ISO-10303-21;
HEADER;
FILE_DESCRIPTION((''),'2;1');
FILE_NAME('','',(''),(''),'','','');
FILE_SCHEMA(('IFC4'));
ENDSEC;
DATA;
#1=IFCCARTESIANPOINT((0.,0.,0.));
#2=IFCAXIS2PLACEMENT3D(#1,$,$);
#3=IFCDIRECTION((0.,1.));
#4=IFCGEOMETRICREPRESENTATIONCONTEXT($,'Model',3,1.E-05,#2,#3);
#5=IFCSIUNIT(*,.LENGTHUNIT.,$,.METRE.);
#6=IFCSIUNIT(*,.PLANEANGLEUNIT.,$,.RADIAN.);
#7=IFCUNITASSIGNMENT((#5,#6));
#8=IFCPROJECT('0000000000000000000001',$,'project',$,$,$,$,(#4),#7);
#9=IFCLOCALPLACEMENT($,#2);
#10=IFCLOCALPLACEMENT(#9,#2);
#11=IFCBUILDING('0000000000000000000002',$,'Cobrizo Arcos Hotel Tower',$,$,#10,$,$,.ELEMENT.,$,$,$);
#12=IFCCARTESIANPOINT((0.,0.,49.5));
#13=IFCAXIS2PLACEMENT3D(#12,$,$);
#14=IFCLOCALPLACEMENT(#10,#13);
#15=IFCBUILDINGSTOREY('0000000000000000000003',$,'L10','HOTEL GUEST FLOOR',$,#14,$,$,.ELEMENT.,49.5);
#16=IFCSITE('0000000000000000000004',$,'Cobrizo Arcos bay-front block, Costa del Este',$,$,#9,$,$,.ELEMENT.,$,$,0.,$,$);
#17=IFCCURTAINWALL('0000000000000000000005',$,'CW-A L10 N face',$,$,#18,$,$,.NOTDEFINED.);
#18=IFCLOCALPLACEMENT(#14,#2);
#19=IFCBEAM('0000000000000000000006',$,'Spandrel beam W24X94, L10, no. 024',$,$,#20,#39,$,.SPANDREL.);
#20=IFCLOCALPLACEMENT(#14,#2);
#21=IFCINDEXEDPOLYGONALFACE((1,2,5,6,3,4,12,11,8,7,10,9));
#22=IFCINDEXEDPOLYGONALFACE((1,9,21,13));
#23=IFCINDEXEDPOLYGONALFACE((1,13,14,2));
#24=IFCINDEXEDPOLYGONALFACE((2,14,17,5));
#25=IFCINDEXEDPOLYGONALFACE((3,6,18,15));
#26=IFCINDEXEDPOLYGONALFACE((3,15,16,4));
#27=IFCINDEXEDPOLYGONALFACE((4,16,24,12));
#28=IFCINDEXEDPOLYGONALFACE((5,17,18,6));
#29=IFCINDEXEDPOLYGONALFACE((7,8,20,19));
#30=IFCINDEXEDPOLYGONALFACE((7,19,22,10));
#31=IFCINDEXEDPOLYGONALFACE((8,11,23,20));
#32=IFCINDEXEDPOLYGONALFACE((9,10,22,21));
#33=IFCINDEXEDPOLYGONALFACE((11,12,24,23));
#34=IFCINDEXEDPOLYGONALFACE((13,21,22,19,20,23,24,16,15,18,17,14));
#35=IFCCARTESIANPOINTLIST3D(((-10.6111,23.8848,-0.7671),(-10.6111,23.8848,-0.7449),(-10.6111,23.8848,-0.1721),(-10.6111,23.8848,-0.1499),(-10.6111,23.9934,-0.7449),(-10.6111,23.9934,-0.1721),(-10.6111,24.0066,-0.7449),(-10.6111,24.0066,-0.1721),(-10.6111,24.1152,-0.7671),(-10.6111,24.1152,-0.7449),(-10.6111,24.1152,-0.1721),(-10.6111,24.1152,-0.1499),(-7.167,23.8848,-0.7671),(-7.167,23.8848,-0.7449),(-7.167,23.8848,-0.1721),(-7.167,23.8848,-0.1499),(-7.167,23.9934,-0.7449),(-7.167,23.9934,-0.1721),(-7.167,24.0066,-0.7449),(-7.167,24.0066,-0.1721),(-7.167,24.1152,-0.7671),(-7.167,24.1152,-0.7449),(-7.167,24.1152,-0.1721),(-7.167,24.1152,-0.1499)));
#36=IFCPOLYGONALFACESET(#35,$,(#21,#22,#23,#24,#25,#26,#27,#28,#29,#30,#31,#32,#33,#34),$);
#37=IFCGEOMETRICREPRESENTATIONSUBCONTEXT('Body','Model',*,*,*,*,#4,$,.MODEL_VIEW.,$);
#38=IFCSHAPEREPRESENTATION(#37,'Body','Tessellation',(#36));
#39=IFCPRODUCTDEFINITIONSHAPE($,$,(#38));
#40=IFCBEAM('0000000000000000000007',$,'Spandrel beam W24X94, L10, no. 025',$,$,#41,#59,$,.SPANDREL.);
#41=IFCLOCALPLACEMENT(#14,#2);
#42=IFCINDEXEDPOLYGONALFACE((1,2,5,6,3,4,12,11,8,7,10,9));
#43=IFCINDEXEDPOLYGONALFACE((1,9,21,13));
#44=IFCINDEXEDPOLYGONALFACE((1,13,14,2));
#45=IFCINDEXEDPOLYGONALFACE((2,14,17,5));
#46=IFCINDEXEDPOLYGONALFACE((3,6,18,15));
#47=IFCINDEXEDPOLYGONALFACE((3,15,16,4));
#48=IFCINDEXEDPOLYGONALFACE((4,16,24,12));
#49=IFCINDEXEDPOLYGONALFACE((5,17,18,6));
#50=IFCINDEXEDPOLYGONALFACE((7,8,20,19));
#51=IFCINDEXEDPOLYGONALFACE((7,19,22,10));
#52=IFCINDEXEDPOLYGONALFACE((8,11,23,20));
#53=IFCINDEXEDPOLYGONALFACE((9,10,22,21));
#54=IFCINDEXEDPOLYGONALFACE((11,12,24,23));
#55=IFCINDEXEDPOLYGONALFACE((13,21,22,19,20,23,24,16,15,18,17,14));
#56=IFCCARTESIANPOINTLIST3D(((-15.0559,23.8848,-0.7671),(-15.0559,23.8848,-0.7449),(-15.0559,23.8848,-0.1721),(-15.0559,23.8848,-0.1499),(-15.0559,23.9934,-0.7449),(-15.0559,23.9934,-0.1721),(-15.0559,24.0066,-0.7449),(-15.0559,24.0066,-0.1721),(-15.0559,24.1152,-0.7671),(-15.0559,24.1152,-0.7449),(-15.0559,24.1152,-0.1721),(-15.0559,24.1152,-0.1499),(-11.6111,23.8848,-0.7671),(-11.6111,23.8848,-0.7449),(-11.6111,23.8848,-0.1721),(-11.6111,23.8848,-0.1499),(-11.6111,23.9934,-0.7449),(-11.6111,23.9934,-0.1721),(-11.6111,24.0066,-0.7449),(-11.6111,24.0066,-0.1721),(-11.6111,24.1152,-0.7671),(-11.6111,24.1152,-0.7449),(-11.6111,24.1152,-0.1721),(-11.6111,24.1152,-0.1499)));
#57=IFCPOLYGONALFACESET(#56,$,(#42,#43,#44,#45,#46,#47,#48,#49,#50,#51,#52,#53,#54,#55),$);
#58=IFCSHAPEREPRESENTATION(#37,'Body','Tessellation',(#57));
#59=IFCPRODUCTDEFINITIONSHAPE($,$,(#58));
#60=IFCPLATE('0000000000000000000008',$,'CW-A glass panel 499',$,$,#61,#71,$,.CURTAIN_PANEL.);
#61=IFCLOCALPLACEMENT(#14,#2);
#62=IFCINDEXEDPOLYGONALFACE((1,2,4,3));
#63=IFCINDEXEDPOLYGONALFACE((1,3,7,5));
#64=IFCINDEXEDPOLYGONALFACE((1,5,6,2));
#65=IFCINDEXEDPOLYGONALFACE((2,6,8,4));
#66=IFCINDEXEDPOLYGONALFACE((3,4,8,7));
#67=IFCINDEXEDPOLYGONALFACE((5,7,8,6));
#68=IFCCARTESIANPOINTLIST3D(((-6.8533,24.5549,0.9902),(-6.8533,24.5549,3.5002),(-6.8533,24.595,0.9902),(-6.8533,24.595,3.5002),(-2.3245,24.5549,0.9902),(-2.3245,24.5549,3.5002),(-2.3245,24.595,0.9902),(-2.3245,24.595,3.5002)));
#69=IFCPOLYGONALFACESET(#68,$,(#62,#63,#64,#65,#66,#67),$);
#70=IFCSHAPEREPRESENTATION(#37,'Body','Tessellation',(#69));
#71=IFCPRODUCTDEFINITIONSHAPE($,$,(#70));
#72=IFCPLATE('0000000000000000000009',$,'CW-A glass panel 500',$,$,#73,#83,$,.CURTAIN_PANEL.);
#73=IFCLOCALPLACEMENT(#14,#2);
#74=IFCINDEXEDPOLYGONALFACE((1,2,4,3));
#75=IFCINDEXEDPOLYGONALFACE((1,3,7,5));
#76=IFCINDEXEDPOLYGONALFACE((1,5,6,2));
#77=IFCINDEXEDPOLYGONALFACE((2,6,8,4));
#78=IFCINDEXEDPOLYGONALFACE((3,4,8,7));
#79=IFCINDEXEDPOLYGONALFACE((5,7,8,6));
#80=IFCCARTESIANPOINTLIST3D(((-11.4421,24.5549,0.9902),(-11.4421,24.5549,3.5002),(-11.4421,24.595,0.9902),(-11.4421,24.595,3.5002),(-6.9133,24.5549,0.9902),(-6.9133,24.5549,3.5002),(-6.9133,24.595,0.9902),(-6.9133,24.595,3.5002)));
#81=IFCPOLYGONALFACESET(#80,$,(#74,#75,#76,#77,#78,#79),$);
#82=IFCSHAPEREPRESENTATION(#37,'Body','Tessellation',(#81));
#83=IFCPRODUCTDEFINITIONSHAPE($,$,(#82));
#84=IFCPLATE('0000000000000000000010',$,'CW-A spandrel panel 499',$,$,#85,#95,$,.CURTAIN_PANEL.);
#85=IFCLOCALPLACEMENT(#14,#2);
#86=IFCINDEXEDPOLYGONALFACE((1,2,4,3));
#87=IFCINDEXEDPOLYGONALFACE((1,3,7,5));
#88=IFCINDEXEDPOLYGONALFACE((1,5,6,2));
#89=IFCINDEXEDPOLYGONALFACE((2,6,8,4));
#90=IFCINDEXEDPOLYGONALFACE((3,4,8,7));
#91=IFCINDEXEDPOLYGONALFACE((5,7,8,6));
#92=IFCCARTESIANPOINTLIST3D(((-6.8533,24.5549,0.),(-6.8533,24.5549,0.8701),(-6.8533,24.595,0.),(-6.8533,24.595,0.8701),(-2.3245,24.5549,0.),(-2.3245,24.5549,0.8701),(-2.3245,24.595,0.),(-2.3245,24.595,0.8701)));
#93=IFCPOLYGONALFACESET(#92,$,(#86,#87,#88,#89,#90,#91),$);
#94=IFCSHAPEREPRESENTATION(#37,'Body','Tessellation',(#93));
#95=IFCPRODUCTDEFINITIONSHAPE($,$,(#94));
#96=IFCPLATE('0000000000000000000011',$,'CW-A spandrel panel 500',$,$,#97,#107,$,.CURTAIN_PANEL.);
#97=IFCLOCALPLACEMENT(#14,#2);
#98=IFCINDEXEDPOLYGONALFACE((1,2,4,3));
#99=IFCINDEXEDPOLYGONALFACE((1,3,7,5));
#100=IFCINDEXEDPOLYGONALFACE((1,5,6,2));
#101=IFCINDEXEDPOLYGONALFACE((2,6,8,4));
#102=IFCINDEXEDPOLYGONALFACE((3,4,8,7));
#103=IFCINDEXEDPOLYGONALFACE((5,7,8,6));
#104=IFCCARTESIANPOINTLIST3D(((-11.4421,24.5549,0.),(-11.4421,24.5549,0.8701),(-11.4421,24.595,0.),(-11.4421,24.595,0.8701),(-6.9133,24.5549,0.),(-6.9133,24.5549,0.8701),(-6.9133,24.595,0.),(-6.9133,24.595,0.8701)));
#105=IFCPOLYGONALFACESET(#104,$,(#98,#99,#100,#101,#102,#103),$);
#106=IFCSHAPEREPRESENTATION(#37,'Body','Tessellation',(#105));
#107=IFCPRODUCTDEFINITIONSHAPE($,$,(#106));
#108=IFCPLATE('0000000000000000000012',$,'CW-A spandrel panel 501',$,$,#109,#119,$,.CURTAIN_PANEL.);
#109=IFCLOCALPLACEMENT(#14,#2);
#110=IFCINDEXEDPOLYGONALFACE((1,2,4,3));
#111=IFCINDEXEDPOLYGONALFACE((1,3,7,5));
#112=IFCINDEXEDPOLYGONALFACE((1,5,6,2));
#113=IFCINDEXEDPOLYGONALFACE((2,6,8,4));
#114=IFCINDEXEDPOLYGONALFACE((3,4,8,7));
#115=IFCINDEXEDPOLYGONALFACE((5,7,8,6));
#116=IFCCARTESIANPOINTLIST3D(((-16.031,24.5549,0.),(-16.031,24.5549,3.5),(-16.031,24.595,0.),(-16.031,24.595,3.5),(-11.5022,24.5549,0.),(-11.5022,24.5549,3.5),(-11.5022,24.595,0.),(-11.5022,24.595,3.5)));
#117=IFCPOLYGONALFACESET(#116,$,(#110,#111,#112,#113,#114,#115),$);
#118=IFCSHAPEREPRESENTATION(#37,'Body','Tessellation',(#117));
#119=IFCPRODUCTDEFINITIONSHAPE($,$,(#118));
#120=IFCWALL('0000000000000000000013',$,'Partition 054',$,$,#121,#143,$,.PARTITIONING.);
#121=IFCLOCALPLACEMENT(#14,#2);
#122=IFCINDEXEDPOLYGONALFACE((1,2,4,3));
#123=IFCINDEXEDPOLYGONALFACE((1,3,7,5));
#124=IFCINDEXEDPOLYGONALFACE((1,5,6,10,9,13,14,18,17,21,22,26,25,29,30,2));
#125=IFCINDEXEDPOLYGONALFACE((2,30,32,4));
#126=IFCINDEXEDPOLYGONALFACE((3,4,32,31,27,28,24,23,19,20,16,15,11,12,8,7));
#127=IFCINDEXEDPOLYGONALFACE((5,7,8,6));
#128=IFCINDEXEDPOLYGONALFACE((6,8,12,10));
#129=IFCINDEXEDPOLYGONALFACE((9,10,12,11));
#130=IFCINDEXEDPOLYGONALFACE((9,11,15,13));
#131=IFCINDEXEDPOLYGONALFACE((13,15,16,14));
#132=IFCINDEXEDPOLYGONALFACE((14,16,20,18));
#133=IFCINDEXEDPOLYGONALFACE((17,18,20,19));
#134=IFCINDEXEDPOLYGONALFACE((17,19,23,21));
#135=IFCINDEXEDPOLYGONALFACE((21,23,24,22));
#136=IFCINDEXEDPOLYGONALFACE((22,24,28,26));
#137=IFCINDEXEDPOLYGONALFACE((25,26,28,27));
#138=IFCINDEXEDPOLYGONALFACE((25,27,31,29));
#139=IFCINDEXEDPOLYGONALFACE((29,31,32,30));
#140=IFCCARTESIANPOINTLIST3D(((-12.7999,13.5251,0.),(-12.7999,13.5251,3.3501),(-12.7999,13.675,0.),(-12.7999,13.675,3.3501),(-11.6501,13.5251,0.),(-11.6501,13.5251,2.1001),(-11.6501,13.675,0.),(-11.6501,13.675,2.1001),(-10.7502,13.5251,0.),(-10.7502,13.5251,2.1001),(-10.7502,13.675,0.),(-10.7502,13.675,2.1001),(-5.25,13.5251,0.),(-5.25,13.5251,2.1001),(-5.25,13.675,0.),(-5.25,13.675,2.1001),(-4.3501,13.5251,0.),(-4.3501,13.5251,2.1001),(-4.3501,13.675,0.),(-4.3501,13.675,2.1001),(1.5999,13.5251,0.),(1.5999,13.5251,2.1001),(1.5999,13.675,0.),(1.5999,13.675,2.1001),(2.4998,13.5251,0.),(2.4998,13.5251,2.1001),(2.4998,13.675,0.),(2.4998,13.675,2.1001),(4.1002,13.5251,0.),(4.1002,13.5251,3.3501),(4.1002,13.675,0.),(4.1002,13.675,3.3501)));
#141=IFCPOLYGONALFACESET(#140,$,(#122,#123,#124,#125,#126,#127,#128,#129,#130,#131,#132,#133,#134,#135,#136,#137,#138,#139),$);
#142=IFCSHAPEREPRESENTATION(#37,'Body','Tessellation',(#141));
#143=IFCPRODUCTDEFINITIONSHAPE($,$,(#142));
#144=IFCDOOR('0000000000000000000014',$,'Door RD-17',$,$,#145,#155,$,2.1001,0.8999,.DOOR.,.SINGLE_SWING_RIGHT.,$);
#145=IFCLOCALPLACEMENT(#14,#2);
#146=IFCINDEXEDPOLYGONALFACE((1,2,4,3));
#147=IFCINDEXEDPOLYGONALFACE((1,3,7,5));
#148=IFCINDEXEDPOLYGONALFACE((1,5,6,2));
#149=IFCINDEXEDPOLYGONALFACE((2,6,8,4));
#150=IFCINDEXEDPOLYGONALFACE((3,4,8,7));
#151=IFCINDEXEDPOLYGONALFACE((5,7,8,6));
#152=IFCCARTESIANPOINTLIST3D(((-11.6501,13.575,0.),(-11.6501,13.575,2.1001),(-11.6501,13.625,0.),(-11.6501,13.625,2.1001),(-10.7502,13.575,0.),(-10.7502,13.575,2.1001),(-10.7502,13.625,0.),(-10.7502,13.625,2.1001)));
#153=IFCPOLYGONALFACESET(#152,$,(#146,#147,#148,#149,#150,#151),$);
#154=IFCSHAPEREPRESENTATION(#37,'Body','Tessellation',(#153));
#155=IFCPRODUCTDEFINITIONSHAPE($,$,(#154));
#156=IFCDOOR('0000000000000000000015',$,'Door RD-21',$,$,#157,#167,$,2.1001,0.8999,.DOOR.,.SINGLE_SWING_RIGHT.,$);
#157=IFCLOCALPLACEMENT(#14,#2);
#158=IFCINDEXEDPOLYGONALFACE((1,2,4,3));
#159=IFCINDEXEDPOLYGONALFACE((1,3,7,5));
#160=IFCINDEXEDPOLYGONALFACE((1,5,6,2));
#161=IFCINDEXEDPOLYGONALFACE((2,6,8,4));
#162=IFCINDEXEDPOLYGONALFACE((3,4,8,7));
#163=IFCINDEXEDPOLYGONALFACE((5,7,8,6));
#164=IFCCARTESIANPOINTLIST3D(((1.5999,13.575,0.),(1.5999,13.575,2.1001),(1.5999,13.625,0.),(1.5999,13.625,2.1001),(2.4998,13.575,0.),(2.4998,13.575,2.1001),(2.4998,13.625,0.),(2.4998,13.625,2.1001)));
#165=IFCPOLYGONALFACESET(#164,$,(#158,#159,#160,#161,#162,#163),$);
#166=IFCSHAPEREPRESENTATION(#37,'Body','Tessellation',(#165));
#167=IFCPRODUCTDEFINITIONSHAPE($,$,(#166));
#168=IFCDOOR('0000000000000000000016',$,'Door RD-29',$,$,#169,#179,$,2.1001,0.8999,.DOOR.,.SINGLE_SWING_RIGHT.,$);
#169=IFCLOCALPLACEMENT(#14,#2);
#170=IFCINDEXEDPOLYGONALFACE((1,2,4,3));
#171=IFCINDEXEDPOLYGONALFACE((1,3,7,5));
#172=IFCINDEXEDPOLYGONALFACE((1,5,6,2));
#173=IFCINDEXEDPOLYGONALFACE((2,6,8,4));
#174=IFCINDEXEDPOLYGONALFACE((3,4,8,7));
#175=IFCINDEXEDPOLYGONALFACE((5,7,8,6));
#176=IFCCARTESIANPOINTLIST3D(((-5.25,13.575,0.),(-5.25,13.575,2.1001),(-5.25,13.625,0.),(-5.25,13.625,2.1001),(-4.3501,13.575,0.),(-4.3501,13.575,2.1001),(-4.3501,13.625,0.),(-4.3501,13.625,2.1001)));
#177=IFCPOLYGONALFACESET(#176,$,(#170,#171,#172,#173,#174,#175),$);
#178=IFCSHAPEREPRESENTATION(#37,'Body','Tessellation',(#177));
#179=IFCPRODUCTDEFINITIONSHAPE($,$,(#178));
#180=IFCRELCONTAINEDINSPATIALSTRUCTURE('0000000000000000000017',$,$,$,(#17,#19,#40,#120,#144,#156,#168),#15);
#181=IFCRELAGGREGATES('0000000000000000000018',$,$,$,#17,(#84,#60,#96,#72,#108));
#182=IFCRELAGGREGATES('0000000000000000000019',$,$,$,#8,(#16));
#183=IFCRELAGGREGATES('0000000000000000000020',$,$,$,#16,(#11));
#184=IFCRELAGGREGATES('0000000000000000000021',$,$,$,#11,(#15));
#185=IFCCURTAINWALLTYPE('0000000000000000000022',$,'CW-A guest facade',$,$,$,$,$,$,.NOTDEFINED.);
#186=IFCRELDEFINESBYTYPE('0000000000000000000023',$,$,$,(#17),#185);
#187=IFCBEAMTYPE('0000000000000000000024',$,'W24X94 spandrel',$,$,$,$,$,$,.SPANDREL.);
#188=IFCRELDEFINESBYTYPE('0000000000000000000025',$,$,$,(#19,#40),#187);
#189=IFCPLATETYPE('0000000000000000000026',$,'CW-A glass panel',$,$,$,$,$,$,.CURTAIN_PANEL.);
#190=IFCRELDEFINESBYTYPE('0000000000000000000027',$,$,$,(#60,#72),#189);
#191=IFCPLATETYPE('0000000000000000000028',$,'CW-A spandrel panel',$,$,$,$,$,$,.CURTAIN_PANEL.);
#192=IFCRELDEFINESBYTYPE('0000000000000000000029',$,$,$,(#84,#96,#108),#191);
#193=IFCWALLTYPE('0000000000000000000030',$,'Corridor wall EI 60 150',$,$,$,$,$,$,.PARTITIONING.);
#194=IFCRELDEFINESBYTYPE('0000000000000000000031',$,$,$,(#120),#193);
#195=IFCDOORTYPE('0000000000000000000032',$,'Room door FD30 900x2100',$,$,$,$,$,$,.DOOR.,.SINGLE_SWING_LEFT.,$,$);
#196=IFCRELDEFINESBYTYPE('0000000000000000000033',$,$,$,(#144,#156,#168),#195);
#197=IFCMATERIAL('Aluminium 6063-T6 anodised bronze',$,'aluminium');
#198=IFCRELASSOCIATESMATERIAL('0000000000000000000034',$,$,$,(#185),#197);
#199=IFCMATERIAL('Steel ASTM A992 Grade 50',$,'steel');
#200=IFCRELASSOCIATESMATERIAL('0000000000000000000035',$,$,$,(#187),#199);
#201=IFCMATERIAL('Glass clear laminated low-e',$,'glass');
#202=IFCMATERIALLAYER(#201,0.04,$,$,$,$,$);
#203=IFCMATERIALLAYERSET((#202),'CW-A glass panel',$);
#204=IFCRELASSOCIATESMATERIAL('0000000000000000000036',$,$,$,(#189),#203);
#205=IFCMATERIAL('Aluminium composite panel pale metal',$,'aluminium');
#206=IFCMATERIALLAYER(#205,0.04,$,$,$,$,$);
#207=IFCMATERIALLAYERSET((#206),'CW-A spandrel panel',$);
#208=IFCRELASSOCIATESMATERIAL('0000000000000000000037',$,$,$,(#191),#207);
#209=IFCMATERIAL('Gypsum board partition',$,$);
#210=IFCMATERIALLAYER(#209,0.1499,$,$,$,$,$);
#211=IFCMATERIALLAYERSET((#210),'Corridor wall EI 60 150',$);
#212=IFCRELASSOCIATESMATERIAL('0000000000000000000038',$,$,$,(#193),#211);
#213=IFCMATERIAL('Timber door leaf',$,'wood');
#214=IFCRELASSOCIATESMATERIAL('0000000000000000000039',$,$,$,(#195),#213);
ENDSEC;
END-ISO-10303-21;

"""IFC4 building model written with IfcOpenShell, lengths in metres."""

from ifc_helpers import new_model, si_unit, direction, frame, frame_2d, origin, origin_2d, place, context, subcontext, project, spatial, rectangle, i_section, extrude, material, layer, layer_set, material_profile, profile_set, type_object, element, fill, aggregate, save


model = new_model("IFC4")

# Units and contexts
model_context = context("Model", 3, precision=1e-05, world=origin(), true_north=direction((0.0, 1.0)))
body_context = subcontext(model_context, "Body", "Model", "MODEL_VIEW")
ifc_project = project(units=[si_unit("LENGTHUNIT", "METRE"), si_unit("PLANEANGLEUNIT", "RADIAN")], contexts=[model_context])

# Site, building, storey
site_placement = place(None, origin())
site = spatial("IfcSite", under=ifc_project, at=site_placement, Name="Cobrizo Arcos bay-front block, Costa del Este", CompositionType="ELEMENT", RefElevation=0.0)
building_placement = place(site_placement, origin())
building = spatial("IfcBuilding", under=site, at=building_placement, Name="Cobrizo Arcos Hotel Tower", CompositionType="ELEMENT")
storey_placement = place(building_placement, frame((0.0, 0.0, 49.5)))
storey = spatial("IfcBuildingStorey", under=building, at=storey_placement, Name="L10", Description="HOTEL GUEST FLOOR", CompositionType="ELEMENT", Elevation=49.5)

# Curtain wall
ifc_material_1 = material(Name="Aluminium 6063-T6 anodised bronze", Category="aluminium")
curtain_wall_type = type_object("IfcCurtainWallType", Name="CW-A guest facade", PredefinedType="NOTDEFINED", material=ifc_material_1)
curtain_wall_placement = place(storey_placement, origin())
curtain_wall = element("IfcCurtainWall", 1, at=curtain_wall_placement, inside=storey, type_object=curtain_wall_type, Name="CW-A L10 N face", PredefinedType="NOTDEFINED")

# Beams
ifc_material_2 = material(Name="Steel ASTM A992 Grade 50", Category="steel")
ifc_material_profile_1 = material_profile(ifc_material_2, i_section(OverallWidth=0.2305, OverallDepth=0.6172, WebThickness=0.0132, FlangeThickness=0.0222, at=origin_2d()), Name="W24X94")
ifc_profile_set_1 = profile_set([ifc_material_profile_1], Name="Steel ASTM A992 Grade 50")
beam_type_1 = type_object("IfcBeamType", Name="W24X94 spandrel", PredefinedType="SPANDREL", material=ifc_profile_set_1)
beam_1_placement = place(storey_placement, frame((-7.167, 24.0, -0.4585), z_axis=(-1.0, 0.0, 0.0), x_axis=(0.0, -1.0, 0.0)))
element("IfcBeam", 2, at=beam_1_placement, inside=storey, type_object=beam_type_1, Name="Spandrel beam W24X94, L10, no. 024", PredefinedType="SPANDREL", context=body_context, shape_type="SweptSolid", body=[
    extrude(i_section(OverallWidth=0.2305, OverallDepth=0.6172, WebThickness=0.0132, FlangeThickness=0.0222, at=origin_2d()), origin(), (0.0, 0.0, 1.0), 3.4441),
])
beam_2_placement = place(storey_placement, frame((-11.6111, 24.0, -0.4585), z_axis=(-1.0, 0.0, 0.0), x_axis=(0.0, -1.0, 0.0)))
element("IfcBeam", 3, at=beam_2_placement, inside=storey, type_object=beam_type_1, Name="Spandrel beam W24X94, L10, no. 025", PredefinedType="SPANDREL", context=body_context, shape_type="SweptSolid", body=[
    extrude(i_section(OverallWidth=0.2305, OverallDepth=0.6172, WebThickness=0.0132, FlangeThickness=0.0222, at=origin_2d()), origin(), (0.0, 0.0, 1.0), 3.4448),
])

# Plates
ifc_material_3 = material(Name="Glass clear laminated low-e", Category="glass")
ifc_layer_1 = layer(ifc_material_3, 0.04)
ifc_layer_set_1 = layer_set([ifc_layer_1], Name="CW-A glass panel")
plate_type_1 = type_object("IfcPlateType", Name="CW-A glass panel", PredefinedType="CURTAIN_PANEL", material=ifc_layer_set_1)
plate_1_placement = place(storey_placement, frame((-4.5889, 24.575, 0.9902), z_axis=(0.0, 0.0, 1.0), x_axis=(-1.0, 0.0, 0.0)))
plate_1 = element("IfcPlate", 4, at=plate_1_placement, type_object=plate_type_1, Name="CW-A glass panel 499", PredefinedType="CURTAIN_PANEL", context=body_context, shape_type="SweptSolid", body=[
    extrude(rectangle(XDim=4.5288, YDim=0.04, at=origin_2d()), origin(), (0.0, 0.0, 1.0), 2.51),
])
plate_2_placement = place(storey_placement, frame((-9.1777, 24.575, 0.9902), z_axis=(0.0, 0.0, 1.0), x_axis=(-1.0, 0.0, 0.0)))
plate_2 = element("IfcPlate", 5, at=plate_2_placement, type_object=plate_type_1, Name="CW-A glass panel 500", PredefinedType="CURTAIN_PANEL", context=body_context, shape_type="SweptSolid", body=[
    extrude(rectangle(XDim=4.5288, YDim=0.04, at=origin_2d()), origin(), (0.0, 0.0, 1.0), 2.51),
])
ifc_material_4 = material(Name="Aluminium composite panel pale metal", Category="aluminium")
ifc_layer_2 = layer(ifc_material_4, 0.04)
ifc_layer_set_2 = layer_set([ifc_layer_2], Name="CW-A spandrel panel")
plate_type_2 = type_object("IfcPlateType", Name="CW-A spandrel panel", PredefinedType="CURTAIN_PANEL", material=ifc_layer_set_2)
plate_3_placement = place(storey_placement, frame((-4.5889, 24.575, 0.0), z_axis=(0.0, 0.0, 1.0), x_axis=(-1.0, 0.0, 0.0)))
plate_3 = element("IfcPlate", 6, at=plate_3_placement, type_object=plate_type_2, Name="CW-A spandrel panel 499", PredefinedType="CURTAIN_PANEL", context=body_context, shape_type="SweptSolid", body=[
    extrude(rectangle(XDim=4.5288, YDim=0.04, at=origin_2d()), origin(), (0.0, 0.0, 1.0), 0.8701),
])
plate_4_placement = place(storey_placement, frame((-9.1777, 24.575, 0.0), z_axis=(0.0, 0.0, 1.0), x_axis=(-1.0, 0.0, 0.0)))
plate_4 = element("IfcPlate", 7, at=plate_4_placement, type_object=plate_type_2, Name="CW-A spandrel panel 500", PredefinedType="CURTAIN_PANEL", context=body_context, shape_type="SweptSolid", body=[
    extrude(rectangle(XDim=4.5288, YDim=0.04, at=origin_2d()), origin(), (0.0, 0.0, 1.0), 0.8701),
])
plate_5_placement = place(storey_placement, frame((-13.7666, 24.575, 0.0), z_axis=(0.0, 0.0, 1.0), x_axis=(-1.0, 0.0, 0.0)))
plate_5 = element("IfcPlate", 8, at=plate_5_placement, type_object=plate_type_2, Name="CW-A spandrel panel 501", PredefinedType="CURTAIN_PANEL", context=body_context, shape_type="SweptSolid", body=[
    extrude(rectangle(XDim=4.5288, YDim=0.04, at=origin_2d()), origin(), (0.0, 0.0, 1.0), 3.5),
])
aggregate(curtain_wall, [plate_3, plate_1, plate_4, plate_2, plate_5])

# Wall, openings, doors
ifc_material_5 = material(Name="Gypsum board partition")
ifc_layer_3 = layer(ifc_material_5, 0.1499)
ifc_layer_set_3 = layer_set([ifc_layer_3], Name="Corridor wall EI 60 150")
wall_type_1 = type_object("IfcWallType", Name="Corridor wall EI 60 150", PredefinedType="PARTITIONING", material=ifc_layer_set_3)
wall_1_placement = place(storey_placement, frame((-12.8, 13.6001, 0.0), z_axis=(0.0, 0.0, 1.0), x_axis=(1.0, 0.0, 0.0)))
wall_1 = element("IfcWall", 9, at=wall_1_placement, inside=storey, type_object=wall_type_1, Name="Partition 054", PredefinedType="PARTITIONING", context=body_context, shape_type="SweptSolid", body=[
    extrude(rectangle(XDim=16.9001, YDim=0.1499, at=frame_2d((8.4502, 0.0))), origin(), (0.0, 0.0, 1.0), 3.3501),
])
opening_1_placement = place(wall_1_placement, frame((1.1499, 0.0, 0.0)))
opening_1 = element("IfcOpeningElement", 10, at=opening_1_placement, cuts=wall_1, PredefinedType="OPENING", context=body_context, shape_type="SweptSolid", body=[
    extrude(rectangle(XDim=0.8999, YDim=2.1001, at=frame_2d((0.45, 1.05))), frame((0.0, 0.0869, 0.0), z_axis=(0.0, -1.0, 0.0), x_axis=(1.0, 0.0, 0.0)), (0.0, 0.0, 1.0), 0.1738),
])
opening_2_placement = place(wall_1_placement, frame((14.3999, 0.0, 0.0)))
opening_2 = element("IfcOpeningElement", 11, at=opening_2_placement, cuts=wall_1, PredefinedType="OPENING", context=body_context, shape_type="SweptSolid", body=[
    extrude(rectangle(XDim=0.8999, YDim=2.1001, at=frame_2d((0.45, 1.05))), frame((0.0, 0.0869, 0.0), z_axis=(0.0, -1.0, 0.0), x_axis=(1.0, 0.0, 0.0)), (0.0, 0.0, 1.0), 0.1738),
])
opening_3_placement = place(wall_1_placement, frame((7.55, 0.0, 0.0)))
opening_3 = element("IfcOpeningElement", 12, at=opening_3_placement, cuts=wall_1, PredefinedType="OPENING", context=body_context, shape_type="SweptSolid", body=[
    extrude(rectangle(XDim=0.8999, YDim=2.1001, at=frame_2d((0.45, 1.05))), frame((0.0, 0.0869, 0.0), z_axis=(0.0, -1.0, 0.0), x_axis=(1.0, 0.0, 0.0)), (0.0, 0.0, 1.0), 0.1738),
])
ifc_material_6 = material(Name="Timber door leaf", Category="wood")
door_type_1 = type_object("IfcDoorType", Name="Room door FD30 900x2100", OperationType="SINGLE_SWING_LEFT", PredefinedType="DOOR", material=ifc_material_6)
door_1_placement = place(opening_1_placement, origin())
door_1 = element("IfcDoor", 13, at=door_1_placement, inside=storey, type_object=door_type_1, Name="Door RD-17", OperationType="SINGLE_SWING_RIGHT", OverallHeight=2.1001, OverallWidth=0.8999, PredefinedType="DOOR", context=body_context, shape_type="SweptSolid", body=[
    extrude(rectangle(XDim=0.8999, YDim=2.1001, at=frame_2d((0.45, 1.05))), frame((0.0, 0.0249, 0.0), z_axis=(0.0, -1.0, 0.0), x_axis=(1.0, 0.0, 0.0)), (0.0, 0.0, 1.0), 0.05),
])
fill(opening_1, door_1)
door_2_placement = place(opening_2_placement, origin())
door_2 = element("IfcDoor", 14, at=door_2_placement, inside=storey, type_object=door_type_1, Name="Door RD-21", OperationType="SINGLE_SWING_RIGHT", OverallHeight=2.1001, OverallWidth=0.8999, PredefinedType="DOOR", context=body_context, shape_type="SweptSolid", body=[
    extrude(rectangle(XDim=0.8999, YDim=2.1001, at=frame_2d((0.45, 1.05))), frame((0.0, 0.0249, 0.0), z_axis=(0.0, -1.0, 0.0), x_axis=(1.0, 0.0, 0.0)), (0.0, 0.0, 1.0), 0.05),
])
fill(opening_2, door_2)
door_3_placement = place(opening_3_placement, origin())
door_3 = element("IfcDoor", 15, at=door_3_placement, inside=storey, type_object=door_type_1, Name="Door RD-29", OperationType="SINGLE_SWING_RIGHT", OverallHeight=2.1001, OverallWidth=0.8999, PredefinedType="DOOR", context=body_context, shape_type="SweptSolid", body=[
    extrude(rectangle(XDim=0.8999, YDim=2.1001, at=frame_2d((0.45, 1.05))), frame((0.0, 0.0249, 0.0), z_axis=(0.0, -1.0, 0.0), x_axis=(1.0, 0.0, 0.0)), (0.0, 0.0, 1.0), 0.05),
])
fill(opening_3, door_3)

save(model, "model.ifc")
